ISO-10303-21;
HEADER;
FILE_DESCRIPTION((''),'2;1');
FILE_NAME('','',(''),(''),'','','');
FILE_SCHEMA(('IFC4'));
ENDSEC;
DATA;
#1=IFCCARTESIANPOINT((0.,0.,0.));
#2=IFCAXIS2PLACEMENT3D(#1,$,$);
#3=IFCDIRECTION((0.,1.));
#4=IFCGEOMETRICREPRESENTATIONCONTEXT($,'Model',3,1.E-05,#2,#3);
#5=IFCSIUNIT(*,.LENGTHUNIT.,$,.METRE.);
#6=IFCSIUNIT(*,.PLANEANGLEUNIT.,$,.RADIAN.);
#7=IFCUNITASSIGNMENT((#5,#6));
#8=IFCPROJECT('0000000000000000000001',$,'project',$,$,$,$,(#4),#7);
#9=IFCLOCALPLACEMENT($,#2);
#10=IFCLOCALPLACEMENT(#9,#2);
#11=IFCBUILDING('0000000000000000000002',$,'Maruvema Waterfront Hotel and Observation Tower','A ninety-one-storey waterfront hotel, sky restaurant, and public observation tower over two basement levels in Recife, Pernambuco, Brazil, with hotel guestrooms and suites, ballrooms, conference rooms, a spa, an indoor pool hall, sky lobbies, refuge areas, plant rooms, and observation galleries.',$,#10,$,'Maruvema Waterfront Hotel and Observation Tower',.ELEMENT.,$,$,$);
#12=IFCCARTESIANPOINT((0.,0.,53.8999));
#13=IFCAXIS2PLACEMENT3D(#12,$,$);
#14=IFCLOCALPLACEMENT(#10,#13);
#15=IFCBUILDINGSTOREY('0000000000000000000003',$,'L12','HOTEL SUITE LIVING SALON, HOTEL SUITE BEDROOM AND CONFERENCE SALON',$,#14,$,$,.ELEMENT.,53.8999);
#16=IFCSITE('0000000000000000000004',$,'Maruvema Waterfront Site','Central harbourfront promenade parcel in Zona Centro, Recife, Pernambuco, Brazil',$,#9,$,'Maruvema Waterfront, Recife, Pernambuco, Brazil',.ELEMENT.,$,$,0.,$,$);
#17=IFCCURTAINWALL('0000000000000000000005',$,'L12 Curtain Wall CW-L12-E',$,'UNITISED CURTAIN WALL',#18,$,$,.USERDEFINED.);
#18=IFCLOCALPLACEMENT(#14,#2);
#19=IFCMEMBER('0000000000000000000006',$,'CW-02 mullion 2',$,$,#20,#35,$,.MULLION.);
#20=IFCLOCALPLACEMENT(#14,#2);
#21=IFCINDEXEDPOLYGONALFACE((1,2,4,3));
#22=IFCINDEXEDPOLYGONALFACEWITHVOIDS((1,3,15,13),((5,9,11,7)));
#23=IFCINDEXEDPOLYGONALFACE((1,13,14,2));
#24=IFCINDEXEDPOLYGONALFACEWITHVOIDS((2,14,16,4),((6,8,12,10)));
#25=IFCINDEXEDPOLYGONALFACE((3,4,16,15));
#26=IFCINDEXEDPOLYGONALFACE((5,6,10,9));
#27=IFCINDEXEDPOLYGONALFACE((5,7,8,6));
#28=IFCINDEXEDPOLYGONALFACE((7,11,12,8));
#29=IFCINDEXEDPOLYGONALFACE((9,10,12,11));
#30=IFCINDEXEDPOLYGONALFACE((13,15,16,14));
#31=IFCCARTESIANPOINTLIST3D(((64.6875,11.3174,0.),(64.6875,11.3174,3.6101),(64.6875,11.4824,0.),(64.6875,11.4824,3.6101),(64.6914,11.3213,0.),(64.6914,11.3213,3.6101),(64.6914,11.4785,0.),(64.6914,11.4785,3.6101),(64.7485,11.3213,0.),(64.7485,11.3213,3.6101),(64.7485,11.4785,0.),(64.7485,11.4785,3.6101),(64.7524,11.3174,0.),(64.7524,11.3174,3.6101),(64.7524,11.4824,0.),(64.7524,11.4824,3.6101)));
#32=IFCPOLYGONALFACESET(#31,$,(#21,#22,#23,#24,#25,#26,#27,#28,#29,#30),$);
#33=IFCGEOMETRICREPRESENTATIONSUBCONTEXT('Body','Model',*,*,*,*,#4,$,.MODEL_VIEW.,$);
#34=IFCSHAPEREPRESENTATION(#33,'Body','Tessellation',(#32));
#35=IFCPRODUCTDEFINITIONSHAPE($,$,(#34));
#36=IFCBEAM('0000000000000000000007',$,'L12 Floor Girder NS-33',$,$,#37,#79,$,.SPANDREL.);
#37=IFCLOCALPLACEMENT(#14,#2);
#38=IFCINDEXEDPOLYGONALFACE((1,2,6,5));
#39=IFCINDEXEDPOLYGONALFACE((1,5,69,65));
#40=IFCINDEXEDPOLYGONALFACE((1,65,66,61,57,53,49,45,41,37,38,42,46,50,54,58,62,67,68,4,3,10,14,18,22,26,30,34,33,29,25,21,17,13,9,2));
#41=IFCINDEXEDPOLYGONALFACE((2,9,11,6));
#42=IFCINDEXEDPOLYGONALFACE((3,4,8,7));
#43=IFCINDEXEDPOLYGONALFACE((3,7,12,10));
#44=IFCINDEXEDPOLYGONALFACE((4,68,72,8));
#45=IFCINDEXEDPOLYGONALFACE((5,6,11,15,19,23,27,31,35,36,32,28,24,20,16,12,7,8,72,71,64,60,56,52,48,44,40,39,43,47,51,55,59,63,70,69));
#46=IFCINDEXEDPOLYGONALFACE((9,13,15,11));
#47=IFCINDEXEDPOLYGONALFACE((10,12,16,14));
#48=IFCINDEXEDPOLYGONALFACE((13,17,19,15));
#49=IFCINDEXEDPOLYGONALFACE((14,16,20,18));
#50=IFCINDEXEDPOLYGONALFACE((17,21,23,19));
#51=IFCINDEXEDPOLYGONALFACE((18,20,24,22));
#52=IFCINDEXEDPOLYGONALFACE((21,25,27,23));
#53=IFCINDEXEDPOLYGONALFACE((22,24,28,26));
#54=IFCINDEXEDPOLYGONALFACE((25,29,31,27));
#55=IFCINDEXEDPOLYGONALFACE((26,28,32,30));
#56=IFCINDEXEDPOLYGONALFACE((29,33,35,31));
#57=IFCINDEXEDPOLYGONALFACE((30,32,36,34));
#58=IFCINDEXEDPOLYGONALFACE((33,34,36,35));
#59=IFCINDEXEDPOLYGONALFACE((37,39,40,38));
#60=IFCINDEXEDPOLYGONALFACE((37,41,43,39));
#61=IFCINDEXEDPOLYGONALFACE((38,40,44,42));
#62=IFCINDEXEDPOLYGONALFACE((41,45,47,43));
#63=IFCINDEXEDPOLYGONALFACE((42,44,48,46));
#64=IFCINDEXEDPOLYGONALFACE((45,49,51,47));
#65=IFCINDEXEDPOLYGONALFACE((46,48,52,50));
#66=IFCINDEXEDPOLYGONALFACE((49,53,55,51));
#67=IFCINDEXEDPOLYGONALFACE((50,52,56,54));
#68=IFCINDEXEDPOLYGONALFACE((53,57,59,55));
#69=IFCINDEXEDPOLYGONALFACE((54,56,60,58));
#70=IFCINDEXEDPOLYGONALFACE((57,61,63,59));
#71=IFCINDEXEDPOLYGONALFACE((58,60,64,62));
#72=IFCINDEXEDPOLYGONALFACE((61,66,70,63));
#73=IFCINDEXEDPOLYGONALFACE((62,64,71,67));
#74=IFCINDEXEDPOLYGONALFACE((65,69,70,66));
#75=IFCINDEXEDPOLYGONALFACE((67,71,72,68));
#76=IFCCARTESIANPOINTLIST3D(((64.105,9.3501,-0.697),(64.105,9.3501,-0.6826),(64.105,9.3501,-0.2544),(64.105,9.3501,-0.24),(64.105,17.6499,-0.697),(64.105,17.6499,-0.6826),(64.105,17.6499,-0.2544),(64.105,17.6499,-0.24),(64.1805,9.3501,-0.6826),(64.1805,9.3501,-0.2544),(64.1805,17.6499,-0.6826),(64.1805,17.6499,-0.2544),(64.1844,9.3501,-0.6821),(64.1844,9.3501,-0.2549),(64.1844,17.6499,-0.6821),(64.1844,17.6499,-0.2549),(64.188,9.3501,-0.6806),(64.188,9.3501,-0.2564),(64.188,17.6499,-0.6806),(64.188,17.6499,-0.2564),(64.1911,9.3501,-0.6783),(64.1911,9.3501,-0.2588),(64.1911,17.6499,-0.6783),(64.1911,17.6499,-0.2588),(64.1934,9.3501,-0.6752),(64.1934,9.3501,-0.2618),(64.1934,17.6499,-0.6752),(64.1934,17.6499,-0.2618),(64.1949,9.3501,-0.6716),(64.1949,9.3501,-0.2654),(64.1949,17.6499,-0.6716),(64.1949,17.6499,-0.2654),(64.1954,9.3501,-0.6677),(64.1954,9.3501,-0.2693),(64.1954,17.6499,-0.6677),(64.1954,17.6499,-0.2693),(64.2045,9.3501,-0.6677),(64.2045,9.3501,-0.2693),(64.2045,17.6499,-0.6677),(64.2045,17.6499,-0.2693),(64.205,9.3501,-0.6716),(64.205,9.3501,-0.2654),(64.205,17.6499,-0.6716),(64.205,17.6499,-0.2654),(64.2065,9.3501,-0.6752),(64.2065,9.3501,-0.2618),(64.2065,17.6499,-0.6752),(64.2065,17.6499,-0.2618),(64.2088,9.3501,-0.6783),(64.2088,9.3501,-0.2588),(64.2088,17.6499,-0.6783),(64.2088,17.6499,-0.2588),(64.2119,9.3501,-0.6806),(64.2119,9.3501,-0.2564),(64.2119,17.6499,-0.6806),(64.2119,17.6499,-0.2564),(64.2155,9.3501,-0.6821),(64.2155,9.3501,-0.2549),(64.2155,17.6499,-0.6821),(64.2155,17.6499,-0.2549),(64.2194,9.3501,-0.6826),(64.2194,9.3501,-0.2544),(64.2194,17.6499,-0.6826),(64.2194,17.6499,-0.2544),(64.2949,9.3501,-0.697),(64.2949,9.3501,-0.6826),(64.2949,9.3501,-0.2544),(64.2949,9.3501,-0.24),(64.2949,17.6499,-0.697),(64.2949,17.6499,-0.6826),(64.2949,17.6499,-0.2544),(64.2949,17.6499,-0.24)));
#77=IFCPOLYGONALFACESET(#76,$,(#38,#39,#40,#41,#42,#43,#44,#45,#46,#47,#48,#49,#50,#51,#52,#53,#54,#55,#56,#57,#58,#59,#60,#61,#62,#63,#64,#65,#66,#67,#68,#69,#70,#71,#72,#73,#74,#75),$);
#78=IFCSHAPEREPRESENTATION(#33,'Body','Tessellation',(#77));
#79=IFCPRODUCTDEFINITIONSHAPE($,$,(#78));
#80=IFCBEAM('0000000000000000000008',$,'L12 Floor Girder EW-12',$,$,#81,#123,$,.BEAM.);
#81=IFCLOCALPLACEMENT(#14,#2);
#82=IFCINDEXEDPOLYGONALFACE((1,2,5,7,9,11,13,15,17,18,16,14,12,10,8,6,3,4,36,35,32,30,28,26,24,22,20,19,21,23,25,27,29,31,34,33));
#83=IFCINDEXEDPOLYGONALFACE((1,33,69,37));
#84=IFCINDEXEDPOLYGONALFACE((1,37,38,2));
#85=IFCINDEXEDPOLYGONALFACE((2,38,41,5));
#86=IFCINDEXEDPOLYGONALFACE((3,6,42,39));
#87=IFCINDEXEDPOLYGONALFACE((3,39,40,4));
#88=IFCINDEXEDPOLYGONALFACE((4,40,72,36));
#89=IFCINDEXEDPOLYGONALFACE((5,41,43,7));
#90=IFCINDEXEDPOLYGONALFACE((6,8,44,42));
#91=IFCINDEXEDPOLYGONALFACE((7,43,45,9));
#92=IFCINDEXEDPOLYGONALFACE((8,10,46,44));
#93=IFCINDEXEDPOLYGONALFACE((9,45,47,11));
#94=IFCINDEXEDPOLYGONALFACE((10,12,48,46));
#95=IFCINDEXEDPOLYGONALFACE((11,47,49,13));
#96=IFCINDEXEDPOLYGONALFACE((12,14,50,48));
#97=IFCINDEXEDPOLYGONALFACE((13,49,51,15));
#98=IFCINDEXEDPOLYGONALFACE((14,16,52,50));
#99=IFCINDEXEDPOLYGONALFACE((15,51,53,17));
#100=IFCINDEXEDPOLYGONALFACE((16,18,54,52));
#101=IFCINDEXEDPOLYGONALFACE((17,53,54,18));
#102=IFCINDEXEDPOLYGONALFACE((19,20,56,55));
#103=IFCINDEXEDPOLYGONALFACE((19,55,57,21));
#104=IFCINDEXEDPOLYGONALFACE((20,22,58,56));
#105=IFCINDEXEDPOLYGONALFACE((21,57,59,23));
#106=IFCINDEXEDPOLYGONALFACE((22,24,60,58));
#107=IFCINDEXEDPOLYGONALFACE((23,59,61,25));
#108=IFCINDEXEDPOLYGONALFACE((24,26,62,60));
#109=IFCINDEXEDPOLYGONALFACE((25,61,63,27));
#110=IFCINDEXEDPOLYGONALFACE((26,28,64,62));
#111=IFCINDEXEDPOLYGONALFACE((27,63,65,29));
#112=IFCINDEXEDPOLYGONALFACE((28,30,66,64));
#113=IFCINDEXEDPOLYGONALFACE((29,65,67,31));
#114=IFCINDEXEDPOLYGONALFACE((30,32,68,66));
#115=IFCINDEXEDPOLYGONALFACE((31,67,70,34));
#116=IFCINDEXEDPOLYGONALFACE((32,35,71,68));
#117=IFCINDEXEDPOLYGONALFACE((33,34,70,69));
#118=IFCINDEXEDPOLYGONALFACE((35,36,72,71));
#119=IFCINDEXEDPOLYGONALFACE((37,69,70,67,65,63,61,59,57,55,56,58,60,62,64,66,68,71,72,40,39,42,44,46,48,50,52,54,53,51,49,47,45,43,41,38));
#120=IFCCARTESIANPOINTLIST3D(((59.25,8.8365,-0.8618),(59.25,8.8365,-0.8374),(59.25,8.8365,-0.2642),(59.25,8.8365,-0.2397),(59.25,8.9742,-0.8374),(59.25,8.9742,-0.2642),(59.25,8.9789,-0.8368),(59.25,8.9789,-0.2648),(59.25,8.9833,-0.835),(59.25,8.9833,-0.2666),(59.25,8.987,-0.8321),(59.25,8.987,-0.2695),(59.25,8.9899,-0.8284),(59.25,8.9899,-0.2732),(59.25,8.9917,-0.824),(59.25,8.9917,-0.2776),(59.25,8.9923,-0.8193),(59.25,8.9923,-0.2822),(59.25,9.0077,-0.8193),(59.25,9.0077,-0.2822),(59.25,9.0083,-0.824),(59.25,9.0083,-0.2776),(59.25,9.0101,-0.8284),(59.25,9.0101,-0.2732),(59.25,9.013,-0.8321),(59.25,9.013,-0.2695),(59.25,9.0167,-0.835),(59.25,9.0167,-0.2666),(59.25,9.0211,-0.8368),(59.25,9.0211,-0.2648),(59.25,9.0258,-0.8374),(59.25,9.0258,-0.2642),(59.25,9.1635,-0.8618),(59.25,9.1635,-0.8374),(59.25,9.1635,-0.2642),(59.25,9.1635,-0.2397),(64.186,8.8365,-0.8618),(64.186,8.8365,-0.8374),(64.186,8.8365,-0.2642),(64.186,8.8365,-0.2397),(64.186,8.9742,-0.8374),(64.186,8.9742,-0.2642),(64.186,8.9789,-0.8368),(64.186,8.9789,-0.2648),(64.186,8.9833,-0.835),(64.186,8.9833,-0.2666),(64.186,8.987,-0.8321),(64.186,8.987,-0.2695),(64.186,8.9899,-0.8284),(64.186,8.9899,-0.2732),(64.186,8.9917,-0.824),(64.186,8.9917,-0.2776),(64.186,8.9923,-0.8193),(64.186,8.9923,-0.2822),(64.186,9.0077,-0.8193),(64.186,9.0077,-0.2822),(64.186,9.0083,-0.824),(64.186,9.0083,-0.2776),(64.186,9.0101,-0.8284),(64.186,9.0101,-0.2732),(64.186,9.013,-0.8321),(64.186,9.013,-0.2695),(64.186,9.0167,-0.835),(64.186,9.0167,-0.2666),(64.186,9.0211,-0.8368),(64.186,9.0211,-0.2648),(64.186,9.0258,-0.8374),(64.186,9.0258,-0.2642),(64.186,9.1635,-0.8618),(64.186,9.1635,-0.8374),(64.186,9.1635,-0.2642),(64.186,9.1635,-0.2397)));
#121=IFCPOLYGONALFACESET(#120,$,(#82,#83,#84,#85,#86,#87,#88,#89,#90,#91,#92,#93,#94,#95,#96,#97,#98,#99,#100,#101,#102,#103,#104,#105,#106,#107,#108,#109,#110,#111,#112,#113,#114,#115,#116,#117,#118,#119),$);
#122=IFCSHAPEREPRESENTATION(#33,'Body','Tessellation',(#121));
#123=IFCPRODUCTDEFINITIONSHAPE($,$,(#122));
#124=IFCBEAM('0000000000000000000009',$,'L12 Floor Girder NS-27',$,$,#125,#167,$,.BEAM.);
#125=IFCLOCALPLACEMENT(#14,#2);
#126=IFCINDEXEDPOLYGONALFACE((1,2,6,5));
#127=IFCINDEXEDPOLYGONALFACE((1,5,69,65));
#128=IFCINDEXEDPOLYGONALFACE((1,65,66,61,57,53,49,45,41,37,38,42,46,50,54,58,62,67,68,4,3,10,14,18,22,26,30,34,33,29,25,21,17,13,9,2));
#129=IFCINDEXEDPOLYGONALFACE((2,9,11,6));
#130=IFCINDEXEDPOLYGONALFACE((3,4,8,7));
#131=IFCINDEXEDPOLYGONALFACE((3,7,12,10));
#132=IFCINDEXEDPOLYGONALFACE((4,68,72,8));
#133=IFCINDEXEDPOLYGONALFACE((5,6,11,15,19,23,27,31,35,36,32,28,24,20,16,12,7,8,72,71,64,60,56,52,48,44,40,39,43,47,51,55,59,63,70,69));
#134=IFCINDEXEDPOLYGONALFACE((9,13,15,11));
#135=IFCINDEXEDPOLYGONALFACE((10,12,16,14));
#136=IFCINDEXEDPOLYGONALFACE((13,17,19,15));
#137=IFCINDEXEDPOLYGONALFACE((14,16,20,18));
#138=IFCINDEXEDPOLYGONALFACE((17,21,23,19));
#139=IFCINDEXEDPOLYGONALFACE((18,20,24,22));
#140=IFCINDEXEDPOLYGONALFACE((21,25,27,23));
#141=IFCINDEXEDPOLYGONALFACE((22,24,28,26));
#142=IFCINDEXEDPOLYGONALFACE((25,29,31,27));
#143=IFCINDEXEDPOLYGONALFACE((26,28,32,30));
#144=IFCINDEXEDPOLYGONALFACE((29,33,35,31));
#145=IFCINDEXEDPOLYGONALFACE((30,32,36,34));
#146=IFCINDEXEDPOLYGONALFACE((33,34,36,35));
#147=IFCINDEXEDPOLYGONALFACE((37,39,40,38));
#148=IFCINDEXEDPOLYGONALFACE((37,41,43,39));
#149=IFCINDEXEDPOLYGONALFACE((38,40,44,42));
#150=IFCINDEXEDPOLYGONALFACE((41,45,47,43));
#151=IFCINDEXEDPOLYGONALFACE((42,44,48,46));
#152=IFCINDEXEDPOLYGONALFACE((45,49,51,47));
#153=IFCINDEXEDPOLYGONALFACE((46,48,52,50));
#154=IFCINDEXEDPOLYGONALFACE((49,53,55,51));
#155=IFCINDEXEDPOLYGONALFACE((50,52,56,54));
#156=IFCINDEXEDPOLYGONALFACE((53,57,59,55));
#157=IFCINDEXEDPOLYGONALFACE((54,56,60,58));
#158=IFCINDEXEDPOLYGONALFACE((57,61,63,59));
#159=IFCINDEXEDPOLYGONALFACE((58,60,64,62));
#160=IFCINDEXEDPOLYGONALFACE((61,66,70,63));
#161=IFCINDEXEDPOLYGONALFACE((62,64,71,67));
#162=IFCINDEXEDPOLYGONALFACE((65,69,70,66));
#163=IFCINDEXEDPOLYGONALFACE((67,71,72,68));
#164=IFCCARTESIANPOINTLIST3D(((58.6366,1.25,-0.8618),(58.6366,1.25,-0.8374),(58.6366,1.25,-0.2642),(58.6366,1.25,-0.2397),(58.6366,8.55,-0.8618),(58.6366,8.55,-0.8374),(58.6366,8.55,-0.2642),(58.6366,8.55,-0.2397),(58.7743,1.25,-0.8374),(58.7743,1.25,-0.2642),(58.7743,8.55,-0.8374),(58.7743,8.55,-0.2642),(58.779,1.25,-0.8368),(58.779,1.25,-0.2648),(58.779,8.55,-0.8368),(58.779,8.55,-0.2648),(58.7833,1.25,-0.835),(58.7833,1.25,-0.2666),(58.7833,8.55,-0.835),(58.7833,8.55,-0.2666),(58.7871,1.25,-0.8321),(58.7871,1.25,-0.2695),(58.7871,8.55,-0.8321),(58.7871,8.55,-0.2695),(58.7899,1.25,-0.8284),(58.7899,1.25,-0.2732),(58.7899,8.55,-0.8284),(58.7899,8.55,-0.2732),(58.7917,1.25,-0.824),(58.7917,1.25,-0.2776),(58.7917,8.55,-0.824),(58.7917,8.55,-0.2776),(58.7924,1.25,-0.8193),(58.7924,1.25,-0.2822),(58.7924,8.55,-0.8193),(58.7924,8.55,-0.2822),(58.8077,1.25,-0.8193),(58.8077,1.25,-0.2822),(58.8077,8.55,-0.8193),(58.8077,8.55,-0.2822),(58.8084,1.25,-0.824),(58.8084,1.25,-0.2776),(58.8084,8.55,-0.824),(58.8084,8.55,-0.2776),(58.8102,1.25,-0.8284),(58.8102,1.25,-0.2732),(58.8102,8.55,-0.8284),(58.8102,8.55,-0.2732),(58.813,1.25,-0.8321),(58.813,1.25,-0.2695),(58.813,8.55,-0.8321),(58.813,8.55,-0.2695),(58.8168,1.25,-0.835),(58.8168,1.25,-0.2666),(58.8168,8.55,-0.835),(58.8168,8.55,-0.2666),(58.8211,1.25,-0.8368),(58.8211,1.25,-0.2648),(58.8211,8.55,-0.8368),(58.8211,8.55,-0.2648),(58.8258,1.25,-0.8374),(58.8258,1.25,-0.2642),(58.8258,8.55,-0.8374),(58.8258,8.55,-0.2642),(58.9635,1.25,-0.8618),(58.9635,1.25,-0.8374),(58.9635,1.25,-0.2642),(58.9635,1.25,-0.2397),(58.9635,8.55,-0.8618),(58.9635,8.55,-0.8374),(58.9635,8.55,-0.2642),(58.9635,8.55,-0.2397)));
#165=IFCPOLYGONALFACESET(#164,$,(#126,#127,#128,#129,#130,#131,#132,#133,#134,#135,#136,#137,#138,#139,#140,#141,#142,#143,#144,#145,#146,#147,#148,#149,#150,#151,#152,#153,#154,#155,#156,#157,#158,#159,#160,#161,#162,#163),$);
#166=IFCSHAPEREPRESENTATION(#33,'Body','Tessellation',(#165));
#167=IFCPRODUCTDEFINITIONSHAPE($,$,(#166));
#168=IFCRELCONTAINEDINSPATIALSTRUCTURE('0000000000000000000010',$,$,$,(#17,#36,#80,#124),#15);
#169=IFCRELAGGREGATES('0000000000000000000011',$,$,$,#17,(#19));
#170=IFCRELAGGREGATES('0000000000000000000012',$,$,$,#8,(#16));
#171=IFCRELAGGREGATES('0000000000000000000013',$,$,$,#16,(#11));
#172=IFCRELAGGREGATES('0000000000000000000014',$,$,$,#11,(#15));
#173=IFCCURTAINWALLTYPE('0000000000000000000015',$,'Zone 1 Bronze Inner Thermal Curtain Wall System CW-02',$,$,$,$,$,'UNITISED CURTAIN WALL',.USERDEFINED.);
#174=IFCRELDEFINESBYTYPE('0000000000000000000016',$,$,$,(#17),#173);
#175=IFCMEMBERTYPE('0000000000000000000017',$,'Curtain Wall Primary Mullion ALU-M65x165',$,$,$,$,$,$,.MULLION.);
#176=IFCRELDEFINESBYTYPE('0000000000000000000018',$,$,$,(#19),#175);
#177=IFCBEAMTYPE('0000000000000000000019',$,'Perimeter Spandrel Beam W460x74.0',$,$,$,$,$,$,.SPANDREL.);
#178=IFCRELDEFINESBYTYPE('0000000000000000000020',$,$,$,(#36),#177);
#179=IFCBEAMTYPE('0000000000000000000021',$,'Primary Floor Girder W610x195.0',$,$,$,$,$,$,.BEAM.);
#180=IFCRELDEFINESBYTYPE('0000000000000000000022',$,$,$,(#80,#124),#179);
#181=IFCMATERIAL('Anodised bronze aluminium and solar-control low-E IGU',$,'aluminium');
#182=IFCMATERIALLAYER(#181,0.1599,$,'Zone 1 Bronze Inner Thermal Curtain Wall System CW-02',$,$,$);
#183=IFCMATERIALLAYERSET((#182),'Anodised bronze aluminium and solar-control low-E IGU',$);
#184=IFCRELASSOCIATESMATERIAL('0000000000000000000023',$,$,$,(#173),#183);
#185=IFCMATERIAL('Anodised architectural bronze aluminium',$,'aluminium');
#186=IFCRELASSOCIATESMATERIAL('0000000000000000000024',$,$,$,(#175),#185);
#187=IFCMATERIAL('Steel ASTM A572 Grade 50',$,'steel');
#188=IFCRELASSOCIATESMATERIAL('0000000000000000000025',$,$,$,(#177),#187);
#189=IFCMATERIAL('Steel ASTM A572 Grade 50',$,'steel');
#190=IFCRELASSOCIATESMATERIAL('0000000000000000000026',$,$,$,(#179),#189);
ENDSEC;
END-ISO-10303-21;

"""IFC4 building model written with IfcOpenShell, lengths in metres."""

from ifc_helpers import new_model, si_unit, direction, frame, origin, origin_2d, place, context, subcontext, project, spatial, hollow_rectangle, i_section, extrude, material, layer, layer_set, material_profile, profile_set, type_object, element, aggregate, save


model = new_model("IFC4")

# Units and contexts
model_context = context("Model", 3, precision=1e-05, world=origin(), true_north=direction((0.0, 1.0)))
body_context = subcontext(model_context, "Body", "Model", "MODEL_VIEW")
ifc_project = project(units=[si_unit("LENGTHUNIT", "METRE"), si_unit("PLANEANGLEUNIT", "RADIAN")], contexts=[model_context])

# Site, building, storey
site_placement = place(None, origin())
site = spatial("IfcSite", under=ifc_project, at=site_placement, Name="Maruvema Waterfront Site", Description="Central harbourfront promenade parcel in Zona Centro, Recife, Pernambuco, Brazil", LongName="Maruvema Waterfront, Recife, Pernambuco, Brazil", CompositionType="ELEMENT", RefElevation=0.0)
building_placement = place(site_placement, origin())
building = spatial("IfcBuilding", under=site, at=building_placement, Name="Maruvema Waterfront Hotel and Observation Tower", Description="A ninety-one-storey waterfront hotel, sky restaurant, and public observation tower over two basement levels in Recife, Pernambuco, Brazil, with hotel guestrooms and suites, ballrooms, conference rooms, a spa, an indoor pool hall, sky lobbies, refuge areas, plant rooms, and observation galleries.", LongName="Maruvema Waterfront Hotel and Observation Tower", CompositionType="ELEMENT")
storey_placement = place(building_placement, frame((0.0, 0.0, 53.8999)))
storey = spatial("IfcBuildingStorey", under=building, at=storey_placement, Name="L12", Description="HOTEL SUITE LIVING SALON, HOTEL SUITE BEDROOM AND CONFERENCE SALON", CompositionType="ELEMENT", Elevation=53.8999)

# Curtain wall
ifc_material_1 = material(Name="Anodised bronze aluminium and solar-control low-E IGU", Category="aluminium")
ifc_layer_1 = layer(ifc_material_1, 0.1599, Name="Zone 1 Bronze Inner Thermal Curtain Wall System CW-02")
ifc_layer_set_1 = layer_set([ifc_layer_1], Name="Anodised bronze aluminium and solar-control low-E IGU")
curtain_wall_type = type_object("IfcCurtainWallType", Name="Zone 1 Bronze Inner Thermal Curtain Wall System CW-02", ElementType="UNITISED CURTAIN WALL", PredefinedType="USERDEFINED", material=ifc_layer_set_1)
curtain_wall_1_placement = place(storey_placement, origin())
curtain_wall_1 = element("IfcCurtainWall", 1, at=curtain_wall_1_placement, inside=storey, type_object=curtain_wall_type, Name="L12 Curtain Wall CW-L12-E", ObjectType="UNITISED CURTAIN WALL", PredefinedType="USERDEFINED")

# Member
ifc_material_2 = material(Name="Anodised architectural bronze aluminium", Category="aluminium")
ifc_material_profile_1 = material_profile(ifc_material_2, hollow_rectangle(XDim=0.0649, YDim=0.165, WallThickness=0.0039, at=origin_2d()), Name="ALU-M65x165")
ifc_profile_set_1 = profile_set([ifc_material_profile_1], Name="Anodised architectural bronze aluminium")
member_type_1 = type_object("IfcMemberType", Name="Curtain Wall Primary Mullion ALU-M65x165", PredefinedType="MULLION", material=ifc_profile_set_1)
member_1_placement = place(storey_placement, frame((64.72, 11.3999, 0.0), z_axis=(0.0, 0.0, 1.0), x_axis=(-1.0, 0.0, 0.0)))
member_1 = element("IfcMember", 2, at=member_1_placement, type_object=member_type_1, Name="CW-02 mullion 2", PredefinedType="MULLION", context=body_context, shape_type="SweptSolid", body=[
    extrude(hollow_rectangle(XDim=0.0649, YDim=0.165, WallThickness=0.0039, at=origin_2d()), origin(), (0.0, 0.0, 1.0), 3.6101),
])

# Beams
ifc_material_3 = material(Name="Steel ASTM A572 Grade 50", Category="steel")
ifc_material_profile_2 = material_profile(ifc_material_3, i_section(OverallWidth=0.1899, OverallDepth=0.457, WebThickness=0.009, FlangeThickness=0.0144, FilletRadius=0.0149, at=origin_2d()), Name="W460x74.0")
ifc_profile_set_2 = profile_set([ifc_material_profile_2], Name="Steel ASTM A572 Grade 50")
beam_type_1 = type_object("IfcBeamType", Name="Perimeter Spandrel Beam W460x74.0", PredefinedType="SPANDREL", material=ifc_profile_set_2)
beam_1_placement = place(storey_placement, frame((64.2, 9.3501, -0.4685), z_axis=(0.0, 1.0, 0.0), x_axis=(-1.0, 0.0, 0.0)))
element("IfcBeam", 3, at=beam_1_placement, inside=storey, type_object=beam_type_1, Name="L12 Floor Girder NS-33", PredefinedType="SPANDREL", context=body_context, shape_type="SweptSolid", body=[
    extrude(i_section(OverallWidth=0.1899, OverallDepth=0.457, WebThickness=0.009, FlangeThickness=0.0144, FilletRadius=0.0149, at=origin_2d()), origin(), (0.0, 0.0, 1.0), 8.2998),
])
ifc_material_4 = material(Name="Steel ASTM A572 Grade 50", Category="steel")
ifc_material_profile_3 = material_profile(ifc_material_4, i_section(OverallWidth=0.3269, OverallDepth=0.6221, WebThickness=0.0154, FlangeThickness=0.0244, FilletRadius=0.0181, at=origin_2d()), Name="W610x195.0")
ifc_profile_set_3 = profile_set([ifc_material_profile_3], Name="Steel ASTM A572 Grade 50")
beam_type_2 = type_object("IfcBeamType", Name="Primary Floor Girder W610x195.0", PredefinedType="BEAM", material=ifc_profile_set_3)
beam_2_placement = place(storey_placement, frame((59.25, 9.0, -0.5508), z_axis=(1.0, 0.0, 0.0), x_axis=(0.0, 1.0, 0.0)))
element("IfcBeam", 4, at=beam_2_placement, inside=storey, type_object=beam_type_2, Name="L12 Floor Girder EW-12", PredefinedType="BEAM", context=body_context, shape_type="SweptSolid", body=[
    extrude(i_section(OverallWidth=0.3269, OverallDepth=0.6221, WebThickness=0.0154, FlangeThickness=0.0244, FilletRadius=0.0181, at=origin_2d()), origin(), (0.0, 0.0, 1.0), 4.936),
])
beam_3_placement = place(storey_placement, frame((58.8, 1.25, -0.5508), z_axis=(0.0, 1.0, 0.0), x_axis=(-1.0, 0.0, 0.0)))
element("IfcBeam", 5, at=beam_3_placement, inside=storey, type_object=beam_type_2, Name="L12 Floor Girder NS-27", PredefinedType="BEAM", context=body_context, shape_type="SweptSolid", body=[
    extrude(i_section(OverallWidth=0.3269, OverallDepth=0.6221, WebThickness=0.0154, FlangeThickness=0.0244, FilletRadius=0.0181, at=origin_2d()), origin(), (0.0, 0.0, 1.0), 7.3),
])

aggregate(curtain_wall_1, [member_1])

save(model, "model.ifc")
